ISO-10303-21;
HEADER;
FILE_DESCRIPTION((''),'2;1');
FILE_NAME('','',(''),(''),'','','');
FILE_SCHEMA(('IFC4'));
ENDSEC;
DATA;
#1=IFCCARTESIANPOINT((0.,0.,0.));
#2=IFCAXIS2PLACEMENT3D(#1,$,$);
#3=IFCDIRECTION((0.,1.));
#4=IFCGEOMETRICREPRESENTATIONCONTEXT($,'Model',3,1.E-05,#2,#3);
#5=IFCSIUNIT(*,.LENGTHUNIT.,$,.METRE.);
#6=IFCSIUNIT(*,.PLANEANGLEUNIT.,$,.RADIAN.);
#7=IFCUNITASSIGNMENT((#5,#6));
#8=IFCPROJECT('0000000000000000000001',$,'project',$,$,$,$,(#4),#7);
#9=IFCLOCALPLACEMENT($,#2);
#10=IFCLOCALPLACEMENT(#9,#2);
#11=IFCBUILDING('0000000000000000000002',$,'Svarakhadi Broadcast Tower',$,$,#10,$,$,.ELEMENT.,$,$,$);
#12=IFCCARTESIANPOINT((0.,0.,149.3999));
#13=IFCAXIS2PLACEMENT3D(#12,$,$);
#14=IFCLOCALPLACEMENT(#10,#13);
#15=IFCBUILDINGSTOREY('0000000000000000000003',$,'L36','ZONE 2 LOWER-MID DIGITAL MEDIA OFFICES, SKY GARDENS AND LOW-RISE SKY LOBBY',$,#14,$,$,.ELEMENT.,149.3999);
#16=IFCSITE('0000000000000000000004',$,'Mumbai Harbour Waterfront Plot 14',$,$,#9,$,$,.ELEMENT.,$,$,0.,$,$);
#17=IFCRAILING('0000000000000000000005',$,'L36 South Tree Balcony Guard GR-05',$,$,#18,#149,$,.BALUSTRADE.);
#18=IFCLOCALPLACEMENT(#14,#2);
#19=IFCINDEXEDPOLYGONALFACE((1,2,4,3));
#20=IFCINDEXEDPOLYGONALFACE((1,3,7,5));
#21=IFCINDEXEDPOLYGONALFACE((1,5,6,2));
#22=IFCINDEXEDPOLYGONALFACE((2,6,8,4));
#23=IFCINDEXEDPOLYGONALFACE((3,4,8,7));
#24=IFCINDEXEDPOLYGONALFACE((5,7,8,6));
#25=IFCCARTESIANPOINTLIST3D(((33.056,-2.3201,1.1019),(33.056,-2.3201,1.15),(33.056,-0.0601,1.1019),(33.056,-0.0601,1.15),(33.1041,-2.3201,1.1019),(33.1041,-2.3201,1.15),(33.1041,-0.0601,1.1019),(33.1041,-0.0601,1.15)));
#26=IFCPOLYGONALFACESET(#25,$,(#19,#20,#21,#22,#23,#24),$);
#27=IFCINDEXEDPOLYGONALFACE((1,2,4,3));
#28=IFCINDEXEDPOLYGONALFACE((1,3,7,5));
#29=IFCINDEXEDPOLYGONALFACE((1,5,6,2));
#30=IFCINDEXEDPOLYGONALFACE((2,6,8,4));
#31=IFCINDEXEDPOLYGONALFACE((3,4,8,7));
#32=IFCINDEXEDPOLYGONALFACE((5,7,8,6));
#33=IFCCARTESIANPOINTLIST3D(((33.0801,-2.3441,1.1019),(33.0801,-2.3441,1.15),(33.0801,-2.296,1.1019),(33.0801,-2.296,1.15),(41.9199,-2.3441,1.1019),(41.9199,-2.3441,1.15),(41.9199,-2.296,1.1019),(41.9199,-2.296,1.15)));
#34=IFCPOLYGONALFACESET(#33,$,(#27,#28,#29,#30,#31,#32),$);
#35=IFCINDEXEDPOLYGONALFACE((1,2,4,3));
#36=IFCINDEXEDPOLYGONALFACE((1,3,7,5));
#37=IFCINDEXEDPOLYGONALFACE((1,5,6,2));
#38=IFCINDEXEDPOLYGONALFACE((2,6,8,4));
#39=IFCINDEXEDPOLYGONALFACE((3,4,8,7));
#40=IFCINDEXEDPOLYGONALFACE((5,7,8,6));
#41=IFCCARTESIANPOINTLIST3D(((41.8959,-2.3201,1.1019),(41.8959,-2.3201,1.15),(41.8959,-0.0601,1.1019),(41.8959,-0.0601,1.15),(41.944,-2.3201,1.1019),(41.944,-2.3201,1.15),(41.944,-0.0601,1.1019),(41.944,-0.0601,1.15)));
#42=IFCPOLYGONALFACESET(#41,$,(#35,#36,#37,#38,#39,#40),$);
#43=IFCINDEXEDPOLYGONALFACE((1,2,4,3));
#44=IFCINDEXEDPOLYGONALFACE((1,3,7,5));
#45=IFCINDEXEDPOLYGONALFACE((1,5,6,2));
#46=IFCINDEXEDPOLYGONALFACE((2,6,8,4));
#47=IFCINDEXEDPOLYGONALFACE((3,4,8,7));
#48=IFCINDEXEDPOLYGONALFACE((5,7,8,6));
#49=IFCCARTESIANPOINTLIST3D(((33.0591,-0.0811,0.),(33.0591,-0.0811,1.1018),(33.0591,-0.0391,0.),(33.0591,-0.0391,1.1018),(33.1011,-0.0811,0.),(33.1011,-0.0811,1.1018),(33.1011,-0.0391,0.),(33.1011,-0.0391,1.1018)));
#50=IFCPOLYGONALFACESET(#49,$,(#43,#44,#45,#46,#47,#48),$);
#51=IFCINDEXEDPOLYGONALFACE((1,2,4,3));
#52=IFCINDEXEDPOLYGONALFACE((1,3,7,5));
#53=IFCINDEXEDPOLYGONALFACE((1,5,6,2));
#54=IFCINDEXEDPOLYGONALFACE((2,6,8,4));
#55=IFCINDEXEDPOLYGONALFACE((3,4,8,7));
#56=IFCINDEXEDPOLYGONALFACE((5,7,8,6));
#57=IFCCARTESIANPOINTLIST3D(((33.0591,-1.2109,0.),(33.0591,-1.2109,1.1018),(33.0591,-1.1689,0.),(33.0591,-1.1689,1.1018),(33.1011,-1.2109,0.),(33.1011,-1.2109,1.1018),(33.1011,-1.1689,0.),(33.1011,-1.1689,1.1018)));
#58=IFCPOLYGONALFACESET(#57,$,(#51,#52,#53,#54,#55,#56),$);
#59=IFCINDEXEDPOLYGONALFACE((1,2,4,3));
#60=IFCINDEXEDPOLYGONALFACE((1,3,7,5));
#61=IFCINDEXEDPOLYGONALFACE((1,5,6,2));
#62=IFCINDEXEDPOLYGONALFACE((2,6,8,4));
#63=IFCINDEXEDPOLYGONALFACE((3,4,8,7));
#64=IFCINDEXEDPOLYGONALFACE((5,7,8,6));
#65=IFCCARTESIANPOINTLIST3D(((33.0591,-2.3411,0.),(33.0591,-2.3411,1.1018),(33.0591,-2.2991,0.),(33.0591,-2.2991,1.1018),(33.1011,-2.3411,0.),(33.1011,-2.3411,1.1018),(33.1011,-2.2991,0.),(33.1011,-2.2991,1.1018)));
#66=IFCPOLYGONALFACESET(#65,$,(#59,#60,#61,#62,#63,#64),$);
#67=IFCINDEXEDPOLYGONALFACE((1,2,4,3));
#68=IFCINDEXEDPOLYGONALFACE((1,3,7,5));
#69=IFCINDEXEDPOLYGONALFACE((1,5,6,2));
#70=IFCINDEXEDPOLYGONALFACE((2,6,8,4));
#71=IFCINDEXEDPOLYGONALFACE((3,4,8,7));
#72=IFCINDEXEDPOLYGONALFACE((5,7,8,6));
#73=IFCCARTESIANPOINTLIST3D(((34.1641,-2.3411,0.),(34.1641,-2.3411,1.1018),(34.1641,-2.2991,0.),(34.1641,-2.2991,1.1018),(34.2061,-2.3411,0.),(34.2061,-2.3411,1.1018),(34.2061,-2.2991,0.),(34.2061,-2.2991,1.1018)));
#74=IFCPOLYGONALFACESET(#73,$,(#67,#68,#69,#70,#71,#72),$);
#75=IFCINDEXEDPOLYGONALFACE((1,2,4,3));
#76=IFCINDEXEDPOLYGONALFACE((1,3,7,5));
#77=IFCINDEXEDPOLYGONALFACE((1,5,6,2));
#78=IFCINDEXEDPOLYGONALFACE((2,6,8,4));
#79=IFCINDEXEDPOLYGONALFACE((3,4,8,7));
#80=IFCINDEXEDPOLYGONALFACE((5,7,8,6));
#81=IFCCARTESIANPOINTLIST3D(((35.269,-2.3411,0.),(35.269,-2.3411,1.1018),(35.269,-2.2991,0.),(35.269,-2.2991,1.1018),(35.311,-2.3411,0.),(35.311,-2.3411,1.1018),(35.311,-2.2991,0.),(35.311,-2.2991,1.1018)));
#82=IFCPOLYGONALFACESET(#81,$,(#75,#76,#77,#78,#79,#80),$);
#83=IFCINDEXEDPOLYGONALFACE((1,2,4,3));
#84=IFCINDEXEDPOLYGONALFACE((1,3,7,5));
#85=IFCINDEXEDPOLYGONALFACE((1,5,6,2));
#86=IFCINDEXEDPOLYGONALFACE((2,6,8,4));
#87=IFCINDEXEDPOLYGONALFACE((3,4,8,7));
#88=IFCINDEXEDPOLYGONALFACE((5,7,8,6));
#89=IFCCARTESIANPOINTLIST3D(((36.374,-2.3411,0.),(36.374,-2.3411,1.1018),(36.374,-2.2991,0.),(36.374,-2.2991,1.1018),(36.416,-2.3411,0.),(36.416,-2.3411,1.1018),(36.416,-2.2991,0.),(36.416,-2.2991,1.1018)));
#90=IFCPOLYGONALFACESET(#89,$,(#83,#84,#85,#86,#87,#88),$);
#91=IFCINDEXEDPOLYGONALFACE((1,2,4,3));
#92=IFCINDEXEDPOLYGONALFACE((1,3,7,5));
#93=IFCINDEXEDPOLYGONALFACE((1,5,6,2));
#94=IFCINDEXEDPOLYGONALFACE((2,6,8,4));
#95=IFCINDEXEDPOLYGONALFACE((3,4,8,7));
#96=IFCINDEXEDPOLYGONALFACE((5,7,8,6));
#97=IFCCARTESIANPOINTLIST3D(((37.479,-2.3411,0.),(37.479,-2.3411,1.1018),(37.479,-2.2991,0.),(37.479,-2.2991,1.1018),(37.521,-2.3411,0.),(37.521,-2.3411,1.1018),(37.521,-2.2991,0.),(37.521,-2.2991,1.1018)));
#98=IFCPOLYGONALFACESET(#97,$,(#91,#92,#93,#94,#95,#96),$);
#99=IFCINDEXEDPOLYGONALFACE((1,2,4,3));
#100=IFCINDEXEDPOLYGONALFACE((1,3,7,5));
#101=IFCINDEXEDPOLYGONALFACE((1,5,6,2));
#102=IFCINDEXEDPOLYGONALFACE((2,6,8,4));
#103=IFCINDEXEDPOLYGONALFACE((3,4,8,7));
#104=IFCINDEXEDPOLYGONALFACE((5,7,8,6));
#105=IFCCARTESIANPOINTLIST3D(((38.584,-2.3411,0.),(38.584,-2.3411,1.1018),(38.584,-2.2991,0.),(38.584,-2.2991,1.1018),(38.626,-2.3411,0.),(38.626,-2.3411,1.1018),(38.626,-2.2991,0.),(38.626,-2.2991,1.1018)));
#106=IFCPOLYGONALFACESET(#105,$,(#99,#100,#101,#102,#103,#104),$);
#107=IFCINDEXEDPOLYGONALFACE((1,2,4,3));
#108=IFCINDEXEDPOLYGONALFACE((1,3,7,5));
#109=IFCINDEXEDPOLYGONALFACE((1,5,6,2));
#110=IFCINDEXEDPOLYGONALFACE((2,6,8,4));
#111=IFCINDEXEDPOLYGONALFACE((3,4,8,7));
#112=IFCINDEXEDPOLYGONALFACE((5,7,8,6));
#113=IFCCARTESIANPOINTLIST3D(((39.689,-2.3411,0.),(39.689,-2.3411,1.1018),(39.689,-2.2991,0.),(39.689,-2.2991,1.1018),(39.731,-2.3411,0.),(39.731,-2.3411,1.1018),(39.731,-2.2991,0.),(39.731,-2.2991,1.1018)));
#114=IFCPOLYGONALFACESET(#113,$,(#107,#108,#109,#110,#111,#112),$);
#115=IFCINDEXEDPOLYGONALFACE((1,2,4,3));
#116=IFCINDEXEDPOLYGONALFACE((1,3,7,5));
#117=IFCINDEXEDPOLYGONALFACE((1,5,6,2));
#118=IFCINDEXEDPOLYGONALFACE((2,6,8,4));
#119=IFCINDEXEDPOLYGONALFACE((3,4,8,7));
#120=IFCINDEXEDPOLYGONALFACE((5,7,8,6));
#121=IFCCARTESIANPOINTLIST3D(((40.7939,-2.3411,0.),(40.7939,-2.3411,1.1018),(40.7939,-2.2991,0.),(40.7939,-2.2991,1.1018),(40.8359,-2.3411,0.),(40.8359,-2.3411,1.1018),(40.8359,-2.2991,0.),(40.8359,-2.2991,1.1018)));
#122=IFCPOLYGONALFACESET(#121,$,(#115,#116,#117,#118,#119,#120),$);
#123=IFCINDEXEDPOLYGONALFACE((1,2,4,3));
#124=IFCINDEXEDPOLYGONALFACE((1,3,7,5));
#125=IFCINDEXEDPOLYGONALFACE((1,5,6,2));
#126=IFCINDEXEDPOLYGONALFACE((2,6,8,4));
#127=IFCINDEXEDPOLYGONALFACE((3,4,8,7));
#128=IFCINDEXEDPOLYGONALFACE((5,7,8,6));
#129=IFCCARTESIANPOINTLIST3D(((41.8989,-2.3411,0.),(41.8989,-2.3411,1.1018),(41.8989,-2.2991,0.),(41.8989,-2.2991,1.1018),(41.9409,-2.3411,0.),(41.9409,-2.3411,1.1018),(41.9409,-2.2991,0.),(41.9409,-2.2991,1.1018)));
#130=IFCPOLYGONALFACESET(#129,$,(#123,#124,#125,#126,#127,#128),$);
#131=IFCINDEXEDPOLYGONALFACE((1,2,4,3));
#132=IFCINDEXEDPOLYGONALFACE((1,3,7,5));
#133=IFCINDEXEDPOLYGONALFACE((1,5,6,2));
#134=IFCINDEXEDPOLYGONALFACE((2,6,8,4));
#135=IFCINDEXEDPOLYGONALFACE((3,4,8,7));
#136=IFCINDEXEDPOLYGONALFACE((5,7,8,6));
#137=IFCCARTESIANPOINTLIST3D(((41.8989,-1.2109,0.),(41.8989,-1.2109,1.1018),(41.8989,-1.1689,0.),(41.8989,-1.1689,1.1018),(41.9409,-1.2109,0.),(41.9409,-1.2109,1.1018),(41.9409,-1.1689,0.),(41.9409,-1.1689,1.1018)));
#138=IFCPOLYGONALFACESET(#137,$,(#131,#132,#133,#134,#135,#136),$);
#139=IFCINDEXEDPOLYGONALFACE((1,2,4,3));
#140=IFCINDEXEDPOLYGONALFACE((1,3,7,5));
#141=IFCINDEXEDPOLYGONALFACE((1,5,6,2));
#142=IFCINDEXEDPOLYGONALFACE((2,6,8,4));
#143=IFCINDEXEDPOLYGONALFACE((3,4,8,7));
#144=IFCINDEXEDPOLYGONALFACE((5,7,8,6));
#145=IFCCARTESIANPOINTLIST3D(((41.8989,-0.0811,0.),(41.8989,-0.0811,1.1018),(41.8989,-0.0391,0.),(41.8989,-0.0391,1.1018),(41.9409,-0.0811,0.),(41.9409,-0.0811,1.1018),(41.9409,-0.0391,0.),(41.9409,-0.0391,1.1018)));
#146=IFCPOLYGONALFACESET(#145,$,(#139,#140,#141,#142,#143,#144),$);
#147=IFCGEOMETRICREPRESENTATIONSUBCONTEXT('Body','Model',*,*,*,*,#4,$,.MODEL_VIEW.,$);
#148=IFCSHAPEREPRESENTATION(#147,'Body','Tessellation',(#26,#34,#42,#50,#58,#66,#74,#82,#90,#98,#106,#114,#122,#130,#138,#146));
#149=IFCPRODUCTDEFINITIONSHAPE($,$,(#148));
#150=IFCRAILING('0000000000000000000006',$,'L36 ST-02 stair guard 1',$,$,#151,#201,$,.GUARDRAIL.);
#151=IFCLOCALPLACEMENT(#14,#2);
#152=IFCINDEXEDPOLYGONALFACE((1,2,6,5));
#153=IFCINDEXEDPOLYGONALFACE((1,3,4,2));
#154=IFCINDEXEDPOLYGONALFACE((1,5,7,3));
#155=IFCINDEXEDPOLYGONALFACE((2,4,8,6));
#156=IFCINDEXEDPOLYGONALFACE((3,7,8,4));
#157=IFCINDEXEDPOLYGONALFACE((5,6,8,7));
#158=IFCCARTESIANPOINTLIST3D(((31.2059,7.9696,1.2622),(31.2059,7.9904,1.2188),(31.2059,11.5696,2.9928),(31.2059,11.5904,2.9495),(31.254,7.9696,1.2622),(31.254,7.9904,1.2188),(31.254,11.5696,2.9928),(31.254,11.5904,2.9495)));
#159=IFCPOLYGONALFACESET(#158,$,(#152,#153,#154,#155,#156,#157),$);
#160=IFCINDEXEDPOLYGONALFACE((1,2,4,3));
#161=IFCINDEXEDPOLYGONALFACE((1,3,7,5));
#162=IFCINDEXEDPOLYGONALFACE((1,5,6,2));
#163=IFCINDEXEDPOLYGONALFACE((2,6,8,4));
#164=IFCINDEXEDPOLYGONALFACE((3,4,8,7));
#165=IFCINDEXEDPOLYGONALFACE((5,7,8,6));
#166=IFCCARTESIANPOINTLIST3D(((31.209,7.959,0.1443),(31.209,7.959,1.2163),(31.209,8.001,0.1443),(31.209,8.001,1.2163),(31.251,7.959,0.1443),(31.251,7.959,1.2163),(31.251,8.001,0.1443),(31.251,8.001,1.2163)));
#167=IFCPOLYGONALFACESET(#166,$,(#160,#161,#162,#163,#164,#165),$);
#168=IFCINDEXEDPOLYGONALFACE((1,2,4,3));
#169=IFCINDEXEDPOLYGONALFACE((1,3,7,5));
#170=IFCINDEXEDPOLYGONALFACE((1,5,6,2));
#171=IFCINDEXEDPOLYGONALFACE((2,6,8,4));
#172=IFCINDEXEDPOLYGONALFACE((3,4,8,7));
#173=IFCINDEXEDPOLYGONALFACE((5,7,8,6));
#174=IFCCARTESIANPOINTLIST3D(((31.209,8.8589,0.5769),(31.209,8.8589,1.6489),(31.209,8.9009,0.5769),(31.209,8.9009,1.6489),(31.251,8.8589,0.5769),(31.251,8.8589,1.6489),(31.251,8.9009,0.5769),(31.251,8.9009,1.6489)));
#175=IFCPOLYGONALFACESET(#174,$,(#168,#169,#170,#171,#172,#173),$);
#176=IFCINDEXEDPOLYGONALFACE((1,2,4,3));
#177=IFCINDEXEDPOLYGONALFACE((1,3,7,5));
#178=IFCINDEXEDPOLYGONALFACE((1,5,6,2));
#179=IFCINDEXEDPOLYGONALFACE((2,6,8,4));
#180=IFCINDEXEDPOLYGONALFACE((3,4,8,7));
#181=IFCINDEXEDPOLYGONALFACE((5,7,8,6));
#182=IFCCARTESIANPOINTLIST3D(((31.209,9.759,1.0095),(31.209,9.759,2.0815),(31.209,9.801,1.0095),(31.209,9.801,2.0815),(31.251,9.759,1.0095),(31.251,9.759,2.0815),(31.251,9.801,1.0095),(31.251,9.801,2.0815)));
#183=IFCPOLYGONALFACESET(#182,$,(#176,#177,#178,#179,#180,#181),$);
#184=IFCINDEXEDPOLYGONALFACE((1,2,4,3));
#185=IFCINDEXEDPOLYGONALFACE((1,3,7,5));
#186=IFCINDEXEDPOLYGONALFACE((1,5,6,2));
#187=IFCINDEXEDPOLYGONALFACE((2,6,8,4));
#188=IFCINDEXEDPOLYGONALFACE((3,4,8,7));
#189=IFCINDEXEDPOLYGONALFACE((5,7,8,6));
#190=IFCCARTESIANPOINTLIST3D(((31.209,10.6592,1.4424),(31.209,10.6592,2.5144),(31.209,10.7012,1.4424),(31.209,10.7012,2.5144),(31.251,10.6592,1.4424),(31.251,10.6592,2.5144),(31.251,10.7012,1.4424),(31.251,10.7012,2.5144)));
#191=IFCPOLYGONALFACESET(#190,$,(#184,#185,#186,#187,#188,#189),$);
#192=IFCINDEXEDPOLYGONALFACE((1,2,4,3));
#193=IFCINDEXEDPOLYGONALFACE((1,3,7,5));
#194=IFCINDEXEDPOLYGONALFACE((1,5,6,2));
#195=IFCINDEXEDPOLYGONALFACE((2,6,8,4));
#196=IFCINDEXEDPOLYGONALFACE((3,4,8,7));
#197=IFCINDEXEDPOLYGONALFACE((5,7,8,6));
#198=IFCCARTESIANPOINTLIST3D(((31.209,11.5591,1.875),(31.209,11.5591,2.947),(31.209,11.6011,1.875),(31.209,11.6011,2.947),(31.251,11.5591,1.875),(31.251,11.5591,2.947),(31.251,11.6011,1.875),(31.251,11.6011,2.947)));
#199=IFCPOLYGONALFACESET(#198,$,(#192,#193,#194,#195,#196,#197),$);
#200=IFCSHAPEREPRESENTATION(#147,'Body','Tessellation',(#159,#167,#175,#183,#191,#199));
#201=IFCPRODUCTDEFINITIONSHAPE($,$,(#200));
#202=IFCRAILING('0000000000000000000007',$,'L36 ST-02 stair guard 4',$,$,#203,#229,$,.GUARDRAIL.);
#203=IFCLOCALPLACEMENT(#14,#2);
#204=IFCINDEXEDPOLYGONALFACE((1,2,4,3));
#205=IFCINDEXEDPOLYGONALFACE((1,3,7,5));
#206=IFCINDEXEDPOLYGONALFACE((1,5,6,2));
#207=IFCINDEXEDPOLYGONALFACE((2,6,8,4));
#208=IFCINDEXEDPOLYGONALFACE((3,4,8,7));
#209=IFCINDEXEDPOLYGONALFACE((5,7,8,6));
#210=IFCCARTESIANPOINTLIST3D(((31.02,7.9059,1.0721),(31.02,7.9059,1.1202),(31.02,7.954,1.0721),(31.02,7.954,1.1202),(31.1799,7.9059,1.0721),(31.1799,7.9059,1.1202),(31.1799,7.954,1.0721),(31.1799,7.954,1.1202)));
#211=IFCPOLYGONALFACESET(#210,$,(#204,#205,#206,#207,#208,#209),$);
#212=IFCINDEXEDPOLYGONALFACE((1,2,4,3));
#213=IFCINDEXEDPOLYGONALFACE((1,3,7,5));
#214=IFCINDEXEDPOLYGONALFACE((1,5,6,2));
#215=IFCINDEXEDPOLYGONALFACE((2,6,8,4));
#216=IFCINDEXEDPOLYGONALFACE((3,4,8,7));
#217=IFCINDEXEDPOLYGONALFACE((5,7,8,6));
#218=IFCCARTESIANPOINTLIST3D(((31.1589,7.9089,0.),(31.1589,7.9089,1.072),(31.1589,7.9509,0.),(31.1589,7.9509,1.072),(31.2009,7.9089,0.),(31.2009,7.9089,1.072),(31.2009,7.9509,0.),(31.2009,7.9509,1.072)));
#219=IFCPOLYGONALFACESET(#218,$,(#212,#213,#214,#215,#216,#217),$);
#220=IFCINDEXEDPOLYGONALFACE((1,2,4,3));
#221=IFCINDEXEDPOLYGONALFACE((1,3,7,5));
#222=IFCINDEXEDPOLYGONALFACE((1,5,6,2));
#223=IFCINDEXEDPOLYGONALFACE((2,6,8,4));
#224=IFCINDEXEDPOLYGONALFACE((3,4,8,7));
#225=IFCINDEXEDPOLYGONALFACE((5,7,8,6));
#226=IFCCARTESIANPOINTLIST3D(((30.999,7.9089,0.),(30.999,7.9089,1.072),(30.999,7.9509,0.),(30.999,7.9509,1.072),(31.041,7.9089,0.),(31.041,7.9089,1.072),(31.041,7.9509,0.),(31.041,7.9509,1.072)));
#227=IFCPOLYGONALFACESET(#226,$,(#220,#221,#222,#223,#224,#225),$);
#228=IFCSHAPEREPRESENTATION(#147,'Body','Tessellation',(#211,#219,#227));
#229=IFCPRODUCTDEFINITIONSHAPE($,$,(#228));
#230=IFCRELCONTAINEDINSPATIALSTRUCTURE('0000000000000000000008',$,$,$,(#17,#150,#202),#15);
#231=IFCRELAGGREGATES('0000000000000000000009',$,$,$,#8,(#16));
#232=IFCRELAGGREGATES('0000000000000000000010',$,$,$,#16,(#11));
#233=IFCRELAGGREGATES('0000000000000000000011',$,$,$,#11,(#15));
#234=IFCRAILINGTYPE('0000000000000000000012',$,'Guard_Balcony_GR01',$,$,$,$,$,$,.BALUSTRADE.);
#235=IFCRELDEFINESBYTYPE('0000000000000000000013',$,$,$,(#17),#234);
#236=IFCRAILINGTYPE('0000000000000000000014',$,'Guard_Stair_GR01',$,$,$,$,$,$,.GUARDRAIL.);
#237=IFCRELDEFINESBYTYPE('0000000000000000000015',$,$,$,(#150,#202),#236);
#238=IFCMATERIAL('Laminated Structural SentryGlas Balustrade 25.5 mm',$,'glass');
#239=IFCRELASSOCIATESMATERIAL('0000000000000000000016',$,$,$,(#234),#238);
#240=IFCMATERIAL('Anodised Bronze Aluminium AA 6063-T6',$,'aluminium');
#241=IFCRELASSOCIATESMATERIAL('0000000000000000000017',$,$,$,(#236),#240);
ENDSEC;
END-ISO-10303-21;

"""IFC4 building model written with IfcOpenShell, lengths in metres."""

from ifc_helpers import new_model, si_unit, direction, frame, origin, origin_2d, place, context, subcontext, project, spatial, rectangle, extrude, material, type_object, element, save


model = new_model("IFC4")

# Units and contexts
model_context = context("Model", 3, precision=1e-05, world=origin(), true_north=direction((0.0, 1.0)))
body_context = subcontext(model_context, "Body", "Model", "MODEL_VIEW")
ifc_project = project(units=[si_unit("LENGTHUNIT", "METRE"), si_unit("PLANEANGLEUNIT", "RADIAN")], contexts=[model_context])

# Site, building, storey
site_placement = place(None, origin())
site = spatial("IfcSite", under=ifc_project, at=site_placement, Name="Mumbai Harbour Waterfront Plot 14", CompositionType="ELEMENT", RefElevation=0.0)
building_placement = place(site_placement, origin())
building = spatial("IfcBuilding", under=site, at=building_placement, Name="Svarakhadi Broadcast Tower", CompositionType="ELEMENT")
storey_placement = place(building_placement, frame((0.0, 0.0, 149.3999)))
storey = spatial("IfcBuildingStorey", under=building, at=storey_placement, Name="L36", Description="ZONE 2 LOWER-MID DIGITAL MEDIA OFFICES, SKY GARDENS AND LOW-RISE SKY LOBBY", CompositionType="ELEMENT", Elevation=149.3999)

# Shared definitions
ifc_material_1 = material(Name="Anodised Bronze Aluminium AA 6063-T6", Category="aluminium")

# Railings
ifc_material_2 = material(Name="Laminated Structural SentryGlas Balustrade 25.5 mm", Category="glass")
railing_type_1 = type_object("IfcRailingType", Name="Guard_Balcony_GR01", PredefinedType="BALUSTRADE", material=ifc_material_2)
railing_1_placement = place(storey_placement, frame((33.0801, -0.0601, 0.0)))
element("IfcRailing", 1, at=railing_1_placement, inside=storey, type_object=railing_type_1, Name="L36 South Tree Balcony Guard GR-05", PredefinedType="BALUSTRADE", context=body_context, shape_type="SweptSolid", body=[
    extrude(rectangle(XDim=0.0481, YDim=0.0481, at=origin_2d()), frame((0.0, 0.0, 1.126), z_axis=(0.0, -1.0, 0.0), x_axis=(1.0, 0.0, 0.0)), (0.0, 0.0, 1.0), 2.26),
    extrude(rectangle(XDim=0.0481, YDim=0.0481, at=origin_2d()), frame((0.0, -2.26, 1.126), z_axis=(1.0, 0.0, 0.0), x_axis=(0.0, 1.0, 0.0)), (0.0, 0.0, 1.0), 8.8398),
    extrude(rectangle(XDim=0.0481, YDim=0.0481, at=origin_2d()), frame((8.8398, -2.26, 1.126), z_axis=(0.0, 1.0, 0.0), x_axis=(-1.0, 0.0, 0.0)), (0.0, 0.0, 1.0), 2.26),
    extrude(rectangle(XDim=0.042, YDim=0.042, at=origin_2d()), origin(), (0.0, 0.0, 1.0), 1.1018),
    extrude(rectangle(XDim=0.042, YDim=0.042, at=origin_2d()), frame((0.0, -1.1299, 0.0)), (0.0, 0.0, 1.0), 1.1018),
    extrude(rectangle(XDim=0.042, YDim=0.042, at=origin_2d()), frame((0.0, -2.26, 0.0)), (0.0, 0.0, 1.0), 1.1018),
    extrude(rectangle(XDim=0.042, YDim=0.042, at=origin_2d()), frame((1.105, -2.26, 0.0)), (0.0, 0.0, 1.0), 1.1018),
    extrude(rectangle(XDim=0.042, YDim=0.042, at=origin_2d()), frame((2.21, -2.26, 0.0)), (0.0, 0.0, 1.0), 1.1018),
    extrude(rectangle(XDim=0.042, YDim=0.042, at=origin_2d()), frame((3.3149, -2.26, 0.0)), (0.0, 0.0, 1.0), 1.1018),
    extrude(rectangle(XDim=0.042, YDim=0.042, at=origin_2d()), frame((4.4199, -2.26, 0.0)), (0.0, 0.0, 1.0), 1.1018),
    extrude(rectangle(XDim=0.042, YDim=0.042, at=origin_2d()), frame((5.5249, -2.26, 0.0)), (0.0, 0.0, 1.0), 1.1018),
    extrude(rectangle(XDim=0.042, YDim=0.042, at=origin_2d()), frame((6.6299, -2.26, 0.0)), (0.0, 0.0, 1.0), 1.1018),
    extrude(rectangle(XDim=0.042, YDim=0.042, at=origin_2d()), frame((7.7349, -2.26, 0.0)), (0.0, 0.0, 1.0), 1.1018),
    extrude(rectangle(XDim=0.042, YDim=0.042, at=origin_2d()), frame((8.8398, -2.26, 0.0)), (0.0, 0.0, 1.0), 1.1018),
    extrude(rectangle(XDim=0.042, YDim=0.042, at=origin_2d()), frame((8.8398, -1.1299, 0.0)), (0.0, 0.0, 1.0), 1.1018),
    extrude(rectangle(XDim=0.042, YDim=0.042, at=origin_2d()), frame((8.8398, 0.0, 0.0)), (0.0, 0.0, 1.0), 1.1018),
])
railing_type_2 = type_object("IfcRailingType", Name="Guard_Stair_GR01", PredefinedType="GUARDRAIL", material=ifc_material_1)
railing_2_placement = place(storey_placement, frame((31.23, 7.98, 0.1443)))
element("IfcRailing", 2, at=railing_2_placement, inside=storey, type_object=railing_type_2, Name="L36 ST-02 stair guard 1", PredefinedType="GUARDRAIL", context=body_context, shape_type="SweptSolid", body=[
    extrude(rectangle(XDim=0.0481, YDim=0.0481, at=origin_2d()), frame((0.0, 0.0, 1.0962), z_axis=(0.0, 0.901263, 0.433273), x_axis=(-1.0, 0.0, 0.0)), (0.0, 0.0, 1.0), 3.9944),
    extrude(rectangle(XDim=0.042, YDim=0.042, at=origin_2d()), origin(), (0.0, 0.0, 1.0), 1.072),
    extrude(rectangle(XDim=0.042, YDim=0.042, at=origin_2d()), frame((0.0, 0.8999, 0.4326)), (0.0, 0.0, 1.0), 1.072),
    extrude(rectangle(XDim=0.042, YDim=0.042, at=origin_2d()), frame((0.0, 1.8, 0.8652)), (0.0, 0.0, 1.0), 1.072),
    extrude(rectangle(XDim=0.042, YDim=0.042, at=origin_2d()), frame((0.0, 2.7002, 1.2981)), (0.0, 0.0, 1.0), 1.072),
    extrude(rectangle(XDim=0.042, YDim=0.042, at=origin_2d()), frame((0.0, 3.6001, 1.7307)), (0.0, 0.0, 1.0), 1.072),
])
railing_3_placement = place(storey_placement, frame((31.1799, 7.9299, 0.0)))
element("IfcRailing", 3, at=railing_3_placement, inside=storey, type_object=railing_type_2, Name="L36 ST-02 stair guard 4", PredefinedType="GUARDRAIL", context=body_context, shape_type="SweptSolid", body=[
    extrude(rectangle(XDim=0.0481, YDim=0.0481, at=origin_2d()), frame((0.0, 0.0, 1.0962), z_axis=(-1.0, 0.0, 0.0), x_axis=(0.0, -1.0, 0.0)), (0.0, 0.0, 1.0), 0.1599),
    extrude(rectangle(XDim=0.042, YDim=0.042, at=origin_2d()), origin(), (0.0, 0.0, 1.0), 1.072),
    extrude(rectangle(XDim=0.042, YDim=0.042, at=origin_2d()), frame((-0.1599, 0.0, 0.0)), (0.0, 0.0, 1.0), 1.072),
])

save(model, "model.ifc")
